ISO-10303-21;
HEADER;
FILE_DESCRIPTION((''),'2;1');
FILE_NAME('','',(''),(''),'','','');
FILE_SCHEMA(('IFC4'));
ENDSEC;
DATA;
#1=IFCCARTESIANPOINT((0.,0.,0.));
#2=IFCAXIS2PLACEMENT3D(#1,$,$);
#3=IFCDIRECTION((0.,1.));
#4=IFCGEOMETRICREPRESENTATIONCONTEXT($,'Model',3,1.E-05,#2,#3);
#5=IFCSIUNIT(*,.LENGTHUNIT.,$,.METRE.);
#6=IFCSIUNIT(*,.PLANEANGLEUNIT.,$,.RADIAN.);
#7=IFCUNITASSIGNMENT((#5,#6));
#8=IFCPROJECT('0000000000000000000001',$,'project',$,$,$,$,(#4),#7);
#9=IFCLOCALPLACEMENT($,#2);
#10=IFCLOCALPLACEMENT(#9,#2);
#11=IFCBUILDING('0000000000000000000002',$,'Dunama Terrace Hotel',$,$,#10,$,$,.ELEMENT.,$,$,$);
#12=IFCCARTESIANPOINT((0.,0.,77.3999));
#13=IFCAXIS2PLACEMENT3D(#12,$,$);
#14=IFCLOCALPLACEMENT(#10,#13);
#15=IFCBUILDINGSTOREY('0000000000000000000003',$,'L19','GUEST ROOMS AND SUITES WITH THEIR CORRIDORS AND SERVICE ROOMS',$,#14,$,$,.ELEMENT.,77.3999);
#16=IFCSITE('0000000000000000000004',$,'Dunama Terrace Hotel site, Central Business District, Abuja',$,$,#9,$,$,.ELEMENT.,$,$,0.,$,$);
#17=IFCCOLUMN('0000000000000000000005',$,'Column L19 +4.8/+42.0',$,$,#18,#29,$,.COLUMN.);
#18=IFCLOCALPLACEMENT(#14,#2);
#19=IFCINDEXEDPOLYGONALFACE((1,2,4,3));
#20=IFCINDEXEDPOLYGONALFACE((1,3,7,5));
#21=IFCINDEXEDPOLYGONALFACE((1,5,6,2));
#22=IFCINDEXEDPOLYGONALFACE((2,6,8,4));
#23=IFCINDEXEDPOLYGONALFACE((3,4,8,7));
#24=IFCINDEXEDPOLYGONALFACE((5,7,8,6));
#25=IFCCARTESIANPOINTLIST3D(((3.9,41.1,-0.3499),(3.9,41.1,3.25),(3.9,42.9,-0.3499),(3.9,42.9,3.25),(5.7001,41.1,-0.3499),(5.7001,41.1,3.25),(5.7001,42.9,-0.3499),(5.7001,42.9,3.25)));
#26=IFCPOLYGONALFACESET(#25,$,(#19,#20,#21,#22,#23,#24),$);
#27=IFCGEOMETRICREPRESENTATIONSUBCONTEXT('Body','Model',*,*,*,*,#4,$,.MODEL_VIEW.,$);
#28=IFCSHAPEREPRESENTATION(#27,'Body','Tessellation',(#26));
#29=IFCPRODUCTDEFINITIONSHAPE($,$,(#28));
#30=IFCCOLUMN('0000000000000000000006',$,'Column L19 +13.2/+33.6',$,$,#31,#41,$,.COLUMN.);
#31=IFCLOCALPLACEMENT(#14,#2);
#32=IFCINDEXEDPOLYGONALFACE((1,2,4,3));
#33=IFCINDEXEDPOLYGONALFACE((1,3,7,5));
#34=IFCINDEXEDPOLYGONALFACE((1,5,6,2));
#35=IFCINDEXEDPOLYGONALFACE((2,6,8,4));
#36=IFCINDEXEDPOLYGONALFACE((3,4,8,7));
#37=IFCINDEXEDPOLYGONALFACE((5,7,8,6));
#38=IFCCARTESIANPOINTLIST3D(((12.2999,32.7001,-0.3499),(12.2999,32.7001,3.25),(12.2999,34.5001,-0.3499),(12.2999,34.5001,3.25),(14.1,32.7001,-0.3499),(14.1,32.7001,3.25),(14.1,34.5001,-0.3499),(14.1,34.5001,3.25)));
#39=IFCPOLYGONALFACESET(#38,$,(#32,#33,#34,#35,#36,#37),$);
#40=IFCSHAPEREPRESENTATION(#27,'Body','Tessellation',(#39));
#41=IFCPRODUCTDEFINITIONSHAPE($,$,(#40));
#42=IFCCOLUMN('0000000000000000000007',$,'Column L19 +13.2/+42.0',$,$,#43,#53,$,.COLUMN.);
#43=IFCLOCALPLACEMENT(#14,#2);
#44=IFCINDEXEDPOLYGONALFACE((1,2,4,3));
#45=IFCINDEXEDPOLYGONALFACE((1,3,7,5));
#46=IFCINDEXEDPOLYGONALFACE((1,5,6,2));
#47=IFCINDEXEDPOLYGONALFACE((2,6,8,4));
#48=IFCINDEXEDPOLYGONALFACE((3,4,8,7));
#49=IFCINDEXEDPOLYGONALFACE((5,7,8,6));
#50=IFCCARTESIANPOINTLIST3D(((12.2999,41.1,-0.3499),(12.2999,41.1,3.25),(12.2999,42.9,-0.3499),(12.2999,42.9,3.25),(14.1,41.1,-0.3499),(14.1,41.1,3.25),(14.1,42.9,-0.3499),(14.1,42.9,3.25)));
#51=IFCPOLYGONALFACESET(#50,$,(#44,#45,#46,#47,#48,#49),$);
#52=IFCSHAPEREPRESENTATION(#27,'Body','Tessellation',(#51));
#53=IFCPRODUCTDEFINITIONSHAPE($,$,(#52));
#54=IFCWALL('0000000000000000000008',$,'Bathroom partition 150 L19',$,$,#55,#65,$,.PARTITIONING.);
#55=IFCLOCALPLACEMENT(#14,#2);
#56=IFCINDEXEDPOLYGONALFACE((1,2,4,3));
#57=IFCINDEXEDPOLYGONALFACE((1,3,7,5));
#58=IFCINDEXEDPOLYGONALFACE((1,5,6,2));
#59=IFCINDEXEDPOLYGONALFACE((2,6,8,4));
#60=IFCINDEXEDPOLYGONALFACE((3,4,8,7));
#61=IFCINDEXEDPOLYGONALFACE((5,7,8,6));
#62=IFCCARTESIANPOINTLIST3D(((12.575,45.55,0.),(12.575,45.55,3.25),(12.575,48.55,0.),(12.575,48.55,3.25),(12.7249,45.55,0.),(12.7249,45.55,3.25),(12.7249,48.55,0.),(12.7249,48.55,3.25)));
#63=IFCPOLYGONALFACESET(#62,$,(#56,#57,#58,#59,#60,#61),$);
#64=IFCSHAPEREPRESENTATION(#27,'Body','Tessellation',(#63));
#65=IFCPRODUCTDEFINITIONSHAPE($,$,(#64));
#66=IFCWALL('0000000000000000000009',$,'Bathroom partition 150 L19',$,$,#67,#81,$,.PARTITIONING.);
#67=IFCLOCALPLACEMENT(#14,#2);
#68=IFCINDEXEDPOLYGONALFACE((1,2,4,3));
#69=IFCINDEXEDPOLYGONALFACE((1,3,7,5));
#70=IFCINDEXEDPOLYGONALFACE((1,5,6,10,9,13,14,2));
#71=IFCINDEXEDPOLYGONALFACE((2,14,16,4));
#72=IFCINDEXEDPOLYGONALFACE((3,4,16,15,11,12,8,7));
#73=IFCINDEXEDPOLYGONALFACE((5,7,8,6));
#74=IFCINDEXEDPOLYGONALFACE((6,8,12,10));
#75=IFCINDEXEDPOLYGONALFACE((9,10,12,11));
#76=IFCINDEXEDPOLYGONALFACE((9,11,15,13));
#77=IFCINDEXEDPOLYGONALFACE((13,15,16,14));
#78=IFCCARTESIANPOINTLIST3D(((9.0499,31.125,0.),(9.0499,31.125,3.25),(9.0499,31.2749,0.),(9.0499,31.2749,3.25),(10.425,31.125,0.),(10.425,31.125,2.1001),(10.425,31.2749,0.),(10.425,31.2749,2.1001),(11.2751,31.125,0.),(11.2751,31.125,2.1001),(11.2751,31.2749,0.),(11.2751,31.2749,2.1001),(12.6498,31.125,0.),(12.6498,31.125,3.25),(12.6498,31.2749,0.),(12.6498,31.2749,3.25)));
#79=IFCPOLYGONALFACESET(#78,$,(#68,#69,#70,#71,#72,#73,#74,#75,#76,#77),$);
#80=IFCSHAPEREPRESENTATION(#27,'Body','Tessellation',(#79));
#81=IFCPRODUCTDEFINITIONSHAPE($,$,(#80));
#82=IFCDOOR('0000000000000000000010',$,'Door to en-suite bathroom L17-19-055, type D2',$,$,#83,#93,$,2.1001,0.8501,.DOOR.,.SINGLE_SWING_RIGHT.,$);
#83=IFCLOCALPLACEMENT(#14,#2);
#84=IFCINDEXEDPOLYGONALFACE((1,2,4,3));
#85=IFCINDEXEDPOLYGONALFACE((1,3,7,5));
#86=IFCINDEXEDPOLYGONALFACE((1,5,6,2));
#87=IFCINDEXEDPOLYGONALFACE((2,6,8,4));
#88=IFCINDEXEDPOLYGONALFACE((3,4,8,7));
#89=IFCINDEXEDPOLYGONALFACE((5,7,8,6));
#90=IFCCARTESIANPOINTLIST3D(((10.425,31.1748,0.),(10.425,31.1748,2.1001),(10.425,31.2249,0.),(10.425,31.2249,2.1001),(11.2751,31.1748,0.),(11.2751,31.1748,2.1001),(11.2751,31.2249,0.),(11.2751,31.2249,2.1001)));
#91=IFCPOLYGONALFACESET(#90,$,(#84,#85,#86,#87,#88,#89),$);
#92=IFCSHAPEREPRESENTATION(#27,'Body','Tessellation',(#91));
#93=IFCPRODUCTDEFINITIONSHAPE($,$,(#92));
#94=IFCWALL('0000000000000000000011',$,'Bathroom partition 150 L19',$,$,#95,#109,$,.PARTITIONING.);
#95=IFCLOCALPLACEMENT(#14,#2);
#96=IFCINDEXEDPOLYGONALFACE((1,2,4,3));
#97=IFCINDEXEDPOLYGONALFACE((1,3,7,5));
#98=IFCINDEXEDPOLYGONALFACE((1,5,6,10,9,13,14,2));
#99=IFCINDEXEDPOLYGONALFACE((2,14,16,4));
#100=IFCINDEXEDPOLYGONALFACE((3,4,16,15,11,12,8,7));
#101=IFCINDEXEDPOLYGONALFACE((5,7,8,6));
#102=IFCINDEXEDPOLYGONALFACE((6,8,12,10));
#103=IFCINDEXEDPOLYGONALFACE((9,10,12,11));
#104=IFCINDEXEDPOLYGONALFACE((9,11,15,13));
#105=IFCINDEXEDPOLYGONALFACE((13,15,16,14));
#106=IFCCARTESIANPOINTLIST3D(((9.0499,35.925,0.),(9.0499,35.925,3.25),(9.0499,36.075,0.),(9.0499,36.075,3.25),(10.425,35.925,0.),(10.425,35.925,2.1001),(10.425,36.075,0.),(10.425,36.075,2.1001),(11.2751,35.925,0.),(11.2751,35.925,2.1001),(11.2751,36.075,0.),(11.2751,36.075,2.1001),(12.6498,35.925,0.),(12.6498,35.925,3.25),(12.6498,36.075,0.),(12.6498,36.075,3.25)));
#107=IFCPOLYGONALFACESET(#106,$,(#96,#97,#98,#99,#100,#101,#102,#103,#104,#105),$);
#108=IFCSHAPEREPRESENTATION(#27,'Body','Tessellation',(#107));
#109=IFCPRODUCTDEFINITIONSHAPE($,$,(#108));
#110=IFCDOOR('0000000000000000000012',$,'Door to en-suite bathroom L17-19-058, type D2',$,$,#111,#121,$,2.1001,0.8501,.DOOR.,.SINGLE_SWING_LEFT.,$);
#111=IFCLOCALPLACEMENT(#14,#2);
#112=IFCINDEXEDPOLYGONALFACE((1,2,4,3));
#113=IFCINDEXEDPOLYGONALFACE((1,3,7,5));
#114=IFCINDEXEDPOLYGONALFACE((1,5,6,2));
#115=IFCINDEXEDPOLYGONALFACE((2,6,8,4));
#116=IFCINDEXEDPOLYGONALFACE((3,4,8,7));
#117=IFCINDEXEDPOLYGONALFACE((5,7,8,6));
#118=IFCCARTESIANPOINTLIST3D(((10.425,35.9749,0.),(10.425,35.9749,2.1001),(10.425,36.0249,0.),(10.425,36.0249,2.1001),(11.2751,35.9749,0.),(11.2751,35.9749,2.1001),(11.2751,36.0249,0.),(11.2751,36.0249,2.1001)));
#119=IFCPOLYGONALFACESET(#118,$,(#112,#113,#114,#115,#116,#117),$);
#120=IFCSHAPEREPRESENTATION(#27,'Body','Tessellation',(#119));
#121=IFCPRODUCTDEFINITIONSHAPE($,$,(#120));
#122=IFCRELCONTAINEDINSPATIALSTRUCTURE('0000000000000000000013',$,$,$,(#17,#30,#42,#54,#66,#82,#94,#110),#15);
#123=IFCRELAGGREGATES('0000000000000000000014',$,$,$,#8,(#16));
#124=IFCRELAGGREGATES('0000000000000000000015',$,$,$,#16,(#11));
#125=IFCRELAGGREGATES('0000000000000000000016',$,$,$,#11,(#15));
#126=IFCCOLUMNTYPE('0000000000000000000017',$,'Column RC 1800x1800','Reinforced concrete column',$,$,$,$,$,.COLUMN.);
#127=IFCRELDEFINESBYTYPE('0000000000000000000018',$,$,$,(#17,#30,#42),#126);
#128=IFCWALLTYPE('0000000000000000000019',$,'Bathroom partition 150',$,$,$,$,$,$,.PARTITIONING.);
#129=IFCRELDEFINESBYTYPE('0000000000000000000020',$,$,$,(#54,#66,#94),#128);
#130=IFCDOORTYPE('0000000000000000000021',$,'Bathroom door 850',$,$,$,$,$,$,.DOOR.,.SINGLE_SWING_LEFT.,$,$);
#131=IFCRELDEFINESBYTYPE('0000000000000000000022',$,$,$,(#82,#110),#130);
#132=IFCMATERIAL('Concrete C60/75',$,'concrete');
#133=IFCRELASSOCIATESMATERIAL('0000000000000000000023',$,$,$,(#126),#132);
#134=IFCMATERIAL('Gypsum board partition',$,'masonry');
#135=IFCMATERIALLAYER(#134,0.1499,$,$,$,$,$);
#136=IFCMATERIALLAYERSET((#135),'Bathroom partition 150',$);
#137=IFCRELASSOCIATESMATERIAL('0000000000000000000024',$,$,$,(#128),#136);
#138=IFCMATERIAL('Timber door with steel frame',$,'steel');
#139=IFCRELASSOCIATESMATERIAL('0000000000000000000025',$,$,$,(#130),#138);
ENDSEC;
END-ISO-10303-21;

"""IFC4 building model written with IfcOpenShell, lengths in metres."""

from ifc_helpers import new_model, si_unit, direction, frame, frame_2d, origin, origin_2d, place, context, subcontext, project, spatial, rectangle, extrude, material, layer, layer_set, material_profile, profile_set, type_object, element, fill, save


model = new_model("IFC4")

# Units and contexts
model_context = context("Model", 3, precision=1e-05, world=origin(), true_north=direction((0.0, 1.0)))
body_context = subcontext(model_context, "Body", "Model", "MODEL_VIEW")
ifc_project = project(units=[si_unit("LENGTHUNIT", "METRE"), si_unit("PLANEANGLEUNIT", "RADIAN")], contexts=[model_context])

# Site, building, storey
site_placement = place(None, origin())
site = spatial("IfcSite", under=ifc_project, at=site_placement, Name="Dunama Terrace Hotel site, Central Business District, Abuja", CompositionType="ELEMENT", RefElevation=0.0)
building_placement = place(site_placement, origin())
building = spatial("IfcBuilding", under=site, at=building_placement, Name="Dunama Terrace Hotel", CompositionType="ELEMENT")
storey_placement = place(building_placement, frame((0.0, 0.0, 77.3999)))
storey = spatial("IfcBuildingStorey", under=building, at=storey_placement, Name="L19", Description="GUEST ROOMS AND SUITES WITH THEIR CORRIDORS AND SERVICE ROOMS", CompositionType="ELEMENT", Elevation=77.3999)

# Columns
ifc_material_1 = material(Name="Concrete C60/75", Category="concrete")
ifc_material_profile = material_profile(ifc_material_1, rectangle(XDim=1.8, YDim=1.8, at=origin_2d()), Name="RC 1800x1800")
ifc_profile_set = profile_set([ifc_material_profile], Name="Concrete C60/75")
column_type = type_object("IfcColumnType", Name="Column RC 1800x1800", Description="Reinforced concrete column", PredefinedType="COLUMN", material=ifc_profile_set)
for number, where, z_axis, x_axis, name in (
    (1, (4.8, 42.0, -0.3499), (0.0, 0.0, 1.0), (1.0, 0.0, 0.0), "Column L19 +4.8/+42.0"),
    (2, (13.2, 33.6001, -0.3499), (0.0, 0.0, 1.0), (1.0, 0.0, 0.0), "Column L19 +13.2/+33.6"),
    (3, (13.2, 42.0, -0.3499), (0.0, 0.0, 1.0), (1.0, 0.0, 0.0), "Column L19 +13.2/+42.0"),
):
    element("IfcColumn", number, at=place(storey_placement, frame(where, z_axis=z_axis, x_axis=x_axis)), inside=storey, type_object=column_type, Name=name, PredefinedType="COLUMN", context=body_context, shape_type="SweptSolid", body=[
        extrude(rectangle(XDim=1.8, YDim=1.8, at=origin_2d()), origin(), (0.0, 0.0, 1.0), 3.5999),
    ])

# Wall
ifc_material_2 = material(Name="Gypsum board partition", Category="masonry")
ifc_layer_1 = layer(ifc_material_2, 0.1499)
ifc_layer_set_1 = layer_set([ifc_layer_1], Name="Bathroom partition 150")
wall_type_1 = type_object("IfcWallType", Name="Bathroom partition 150", PredefinedType="PARTITIONING", material=ifc_layer_set_1)
wall_1_placement = place(storey_placement, frame((12.6499, 45.55, 0.0), z_axis=(0.0, 0.0, 1.0), x_axis=(0.0, 1.0, 0.0)))
element("IfcWall", 4, at=wall_1_placement, inside=storey, type_object=wall_type_1, Name="Bathroom partition 150 L19", PredefinedType="PARTITIONING", context=body_context, shape_type="SweptSolid", body=[
    extrude(rectangle(XDim=3.0, YDim=0.1499, at=frame_2d((1.5, 0.0))), origin(), (0.0, 0.0, 1.0), 3.25),
])

# Walls, openings, doors
wall_2_placement = place(storey_placement, frame((9.05, 31.2, 0.0), z_axis=(0.0, 0.0, 1.0), x_axis=(1.0, 0.0, 0.0)))
wall_2 = element("IfcWall", 5, at=wall_2_placement, inside=storey, type_object=wall_type_1, Name="Bathroom partition 150 L19", PredefinedType="PARTITIONING", context=body_context, shape_type="SweptSolid", body=[
    extrude(rectangle(XDim=3.5999, YDim=0.1499, at=frame_2d((1.7998, 0.0))), origin(), (0.0, 0.0, 1.0), 3.25),
])
opening_1_placement = place(wall_2_placement, frame((1.375, 0.0, 0.0)))
opening_1 = element("IfcOpeningElement", 6, at=opening_1_placement, cuts=wall_2, PredefinedType="OPENING", context=body_context, shape_type="SweptSolid", body=[
    extrude(rectangle(XDim=0.8501, YDim=2.1001, at=frame_2d((0.425, 1.05))), frame((0.0, 0.085, 0.0), z_axis=(0.0, -1.0, 0.0), x_axis=(1.0, 0.0, 0.0)), (0.0, 0.0, 1.0), 0.1699),
])
ifc_material_3 = material(Name="Timber door with steel frame", Category="steel")
door_type_1 = type_object("IfcDoorType", Name="Bathroom door 850", OperationType="SINGLE_SWING_LEFT", PredefinedType="DOOR", material=ifc_material_3)
door_1_placement = place(opening_1_placement, origin())
door_1 = element("IfcDoor", 7, at=door_1_placement, inside=storey, type_object=door_type_1, Name="Door to en-suite bathroom L17-19-055, type D2", OperationType="SINGLE_SWING_RIGHT", OverallHeight=2.1001, OverallWidth=0.8501, PredefinedType="DOOR", context=body_context, shape_type="SweptSolid", body=[
    extrude(rectangle(XDim=0.8501, YDim=2.1001, at=frame_2d((0.425, 1.05))), frame((0.0, 0.0249, 0.0), z_axis=(0.0, -1.0, 0.0), x_axis=(1.0, 0.0, 0.0)), (0.0, 0.0, 1.0), 0.05),
])
fill(opening_1, door_1)
wall_3_placement = place(storey_placement, frame((9.05, 36.0, 0.0), z_axis=(0.0, 0.0, 1.0), x_axis=(1.0, 0.0, 0.0)))
wall_3 = element("IfcWall", 8, at=wall_3_placement, inside=storey, type_object=wall_type_1, Name="Bathroom partition 150 L19", PredefinedType="PARTITIONING", context=body_context, shape_type="SweptSolid", body=[
    extrude(rectangle(XDim=3.5999, YDim=0.1499, at=frame_2d((1.7998, 0.0))), origin(), (0.0, 0.0, 1.0), 3.25),
])
opening_2_placement = place(wall_3_placement, frame((1.375, 0.0, 0.0)))
opening_2 = element("IfcOpeningElement", 9, at=opening_2_placement, cuts=wall_3, PredefinedType="OPENING", context=body_context, shape_type="SweptSolid", body=[
    extrude(rectangle(XDim=0.8501, YDim=2.1001, at=frame_2d((0.425, 1.05))), frame((0.0, 0.085, 0.0), z_axis=(0.0, -1.0, 0.0), x_axis=(1.0, 0.0, 0.0)), (0.0, 0.0, 1.0), 0.1699),
])
door_2_placement = place(opening_2_placement, frame((0.8501, 0.0, 0.0), z_axis=(0.0, 0.0, 1.0), x_axis=(-1.0, 0.0, 0.0)))
door_2 = element("IfcDoor", 10, at=door_2_placement, inside=storey, type_object=door_type_1, Name="Door to en-suite bathroom L17-19-058, type D2", OperationType="SINGLE_SWING_LEFT", OverallHeight=2.1001, OverallWidth=0.8501, PredefinedType="DOOR", context=body_context, shape_type="SweptSolid", body=[
    extrude(rectangle(XDim=0.8501, YDim=2.1001, at=frame_2d((0.425, 1.05))), frame((0.0, 0.0251, 0.0), z_axis=(0.0, -1.0, 0.0), x_axis=(1.0, 0.0, 0.0)), (0.0, 0.0, 1.0), 0.05),
])
fill(opening_2, door_2)

save(model, "model.ifc")
